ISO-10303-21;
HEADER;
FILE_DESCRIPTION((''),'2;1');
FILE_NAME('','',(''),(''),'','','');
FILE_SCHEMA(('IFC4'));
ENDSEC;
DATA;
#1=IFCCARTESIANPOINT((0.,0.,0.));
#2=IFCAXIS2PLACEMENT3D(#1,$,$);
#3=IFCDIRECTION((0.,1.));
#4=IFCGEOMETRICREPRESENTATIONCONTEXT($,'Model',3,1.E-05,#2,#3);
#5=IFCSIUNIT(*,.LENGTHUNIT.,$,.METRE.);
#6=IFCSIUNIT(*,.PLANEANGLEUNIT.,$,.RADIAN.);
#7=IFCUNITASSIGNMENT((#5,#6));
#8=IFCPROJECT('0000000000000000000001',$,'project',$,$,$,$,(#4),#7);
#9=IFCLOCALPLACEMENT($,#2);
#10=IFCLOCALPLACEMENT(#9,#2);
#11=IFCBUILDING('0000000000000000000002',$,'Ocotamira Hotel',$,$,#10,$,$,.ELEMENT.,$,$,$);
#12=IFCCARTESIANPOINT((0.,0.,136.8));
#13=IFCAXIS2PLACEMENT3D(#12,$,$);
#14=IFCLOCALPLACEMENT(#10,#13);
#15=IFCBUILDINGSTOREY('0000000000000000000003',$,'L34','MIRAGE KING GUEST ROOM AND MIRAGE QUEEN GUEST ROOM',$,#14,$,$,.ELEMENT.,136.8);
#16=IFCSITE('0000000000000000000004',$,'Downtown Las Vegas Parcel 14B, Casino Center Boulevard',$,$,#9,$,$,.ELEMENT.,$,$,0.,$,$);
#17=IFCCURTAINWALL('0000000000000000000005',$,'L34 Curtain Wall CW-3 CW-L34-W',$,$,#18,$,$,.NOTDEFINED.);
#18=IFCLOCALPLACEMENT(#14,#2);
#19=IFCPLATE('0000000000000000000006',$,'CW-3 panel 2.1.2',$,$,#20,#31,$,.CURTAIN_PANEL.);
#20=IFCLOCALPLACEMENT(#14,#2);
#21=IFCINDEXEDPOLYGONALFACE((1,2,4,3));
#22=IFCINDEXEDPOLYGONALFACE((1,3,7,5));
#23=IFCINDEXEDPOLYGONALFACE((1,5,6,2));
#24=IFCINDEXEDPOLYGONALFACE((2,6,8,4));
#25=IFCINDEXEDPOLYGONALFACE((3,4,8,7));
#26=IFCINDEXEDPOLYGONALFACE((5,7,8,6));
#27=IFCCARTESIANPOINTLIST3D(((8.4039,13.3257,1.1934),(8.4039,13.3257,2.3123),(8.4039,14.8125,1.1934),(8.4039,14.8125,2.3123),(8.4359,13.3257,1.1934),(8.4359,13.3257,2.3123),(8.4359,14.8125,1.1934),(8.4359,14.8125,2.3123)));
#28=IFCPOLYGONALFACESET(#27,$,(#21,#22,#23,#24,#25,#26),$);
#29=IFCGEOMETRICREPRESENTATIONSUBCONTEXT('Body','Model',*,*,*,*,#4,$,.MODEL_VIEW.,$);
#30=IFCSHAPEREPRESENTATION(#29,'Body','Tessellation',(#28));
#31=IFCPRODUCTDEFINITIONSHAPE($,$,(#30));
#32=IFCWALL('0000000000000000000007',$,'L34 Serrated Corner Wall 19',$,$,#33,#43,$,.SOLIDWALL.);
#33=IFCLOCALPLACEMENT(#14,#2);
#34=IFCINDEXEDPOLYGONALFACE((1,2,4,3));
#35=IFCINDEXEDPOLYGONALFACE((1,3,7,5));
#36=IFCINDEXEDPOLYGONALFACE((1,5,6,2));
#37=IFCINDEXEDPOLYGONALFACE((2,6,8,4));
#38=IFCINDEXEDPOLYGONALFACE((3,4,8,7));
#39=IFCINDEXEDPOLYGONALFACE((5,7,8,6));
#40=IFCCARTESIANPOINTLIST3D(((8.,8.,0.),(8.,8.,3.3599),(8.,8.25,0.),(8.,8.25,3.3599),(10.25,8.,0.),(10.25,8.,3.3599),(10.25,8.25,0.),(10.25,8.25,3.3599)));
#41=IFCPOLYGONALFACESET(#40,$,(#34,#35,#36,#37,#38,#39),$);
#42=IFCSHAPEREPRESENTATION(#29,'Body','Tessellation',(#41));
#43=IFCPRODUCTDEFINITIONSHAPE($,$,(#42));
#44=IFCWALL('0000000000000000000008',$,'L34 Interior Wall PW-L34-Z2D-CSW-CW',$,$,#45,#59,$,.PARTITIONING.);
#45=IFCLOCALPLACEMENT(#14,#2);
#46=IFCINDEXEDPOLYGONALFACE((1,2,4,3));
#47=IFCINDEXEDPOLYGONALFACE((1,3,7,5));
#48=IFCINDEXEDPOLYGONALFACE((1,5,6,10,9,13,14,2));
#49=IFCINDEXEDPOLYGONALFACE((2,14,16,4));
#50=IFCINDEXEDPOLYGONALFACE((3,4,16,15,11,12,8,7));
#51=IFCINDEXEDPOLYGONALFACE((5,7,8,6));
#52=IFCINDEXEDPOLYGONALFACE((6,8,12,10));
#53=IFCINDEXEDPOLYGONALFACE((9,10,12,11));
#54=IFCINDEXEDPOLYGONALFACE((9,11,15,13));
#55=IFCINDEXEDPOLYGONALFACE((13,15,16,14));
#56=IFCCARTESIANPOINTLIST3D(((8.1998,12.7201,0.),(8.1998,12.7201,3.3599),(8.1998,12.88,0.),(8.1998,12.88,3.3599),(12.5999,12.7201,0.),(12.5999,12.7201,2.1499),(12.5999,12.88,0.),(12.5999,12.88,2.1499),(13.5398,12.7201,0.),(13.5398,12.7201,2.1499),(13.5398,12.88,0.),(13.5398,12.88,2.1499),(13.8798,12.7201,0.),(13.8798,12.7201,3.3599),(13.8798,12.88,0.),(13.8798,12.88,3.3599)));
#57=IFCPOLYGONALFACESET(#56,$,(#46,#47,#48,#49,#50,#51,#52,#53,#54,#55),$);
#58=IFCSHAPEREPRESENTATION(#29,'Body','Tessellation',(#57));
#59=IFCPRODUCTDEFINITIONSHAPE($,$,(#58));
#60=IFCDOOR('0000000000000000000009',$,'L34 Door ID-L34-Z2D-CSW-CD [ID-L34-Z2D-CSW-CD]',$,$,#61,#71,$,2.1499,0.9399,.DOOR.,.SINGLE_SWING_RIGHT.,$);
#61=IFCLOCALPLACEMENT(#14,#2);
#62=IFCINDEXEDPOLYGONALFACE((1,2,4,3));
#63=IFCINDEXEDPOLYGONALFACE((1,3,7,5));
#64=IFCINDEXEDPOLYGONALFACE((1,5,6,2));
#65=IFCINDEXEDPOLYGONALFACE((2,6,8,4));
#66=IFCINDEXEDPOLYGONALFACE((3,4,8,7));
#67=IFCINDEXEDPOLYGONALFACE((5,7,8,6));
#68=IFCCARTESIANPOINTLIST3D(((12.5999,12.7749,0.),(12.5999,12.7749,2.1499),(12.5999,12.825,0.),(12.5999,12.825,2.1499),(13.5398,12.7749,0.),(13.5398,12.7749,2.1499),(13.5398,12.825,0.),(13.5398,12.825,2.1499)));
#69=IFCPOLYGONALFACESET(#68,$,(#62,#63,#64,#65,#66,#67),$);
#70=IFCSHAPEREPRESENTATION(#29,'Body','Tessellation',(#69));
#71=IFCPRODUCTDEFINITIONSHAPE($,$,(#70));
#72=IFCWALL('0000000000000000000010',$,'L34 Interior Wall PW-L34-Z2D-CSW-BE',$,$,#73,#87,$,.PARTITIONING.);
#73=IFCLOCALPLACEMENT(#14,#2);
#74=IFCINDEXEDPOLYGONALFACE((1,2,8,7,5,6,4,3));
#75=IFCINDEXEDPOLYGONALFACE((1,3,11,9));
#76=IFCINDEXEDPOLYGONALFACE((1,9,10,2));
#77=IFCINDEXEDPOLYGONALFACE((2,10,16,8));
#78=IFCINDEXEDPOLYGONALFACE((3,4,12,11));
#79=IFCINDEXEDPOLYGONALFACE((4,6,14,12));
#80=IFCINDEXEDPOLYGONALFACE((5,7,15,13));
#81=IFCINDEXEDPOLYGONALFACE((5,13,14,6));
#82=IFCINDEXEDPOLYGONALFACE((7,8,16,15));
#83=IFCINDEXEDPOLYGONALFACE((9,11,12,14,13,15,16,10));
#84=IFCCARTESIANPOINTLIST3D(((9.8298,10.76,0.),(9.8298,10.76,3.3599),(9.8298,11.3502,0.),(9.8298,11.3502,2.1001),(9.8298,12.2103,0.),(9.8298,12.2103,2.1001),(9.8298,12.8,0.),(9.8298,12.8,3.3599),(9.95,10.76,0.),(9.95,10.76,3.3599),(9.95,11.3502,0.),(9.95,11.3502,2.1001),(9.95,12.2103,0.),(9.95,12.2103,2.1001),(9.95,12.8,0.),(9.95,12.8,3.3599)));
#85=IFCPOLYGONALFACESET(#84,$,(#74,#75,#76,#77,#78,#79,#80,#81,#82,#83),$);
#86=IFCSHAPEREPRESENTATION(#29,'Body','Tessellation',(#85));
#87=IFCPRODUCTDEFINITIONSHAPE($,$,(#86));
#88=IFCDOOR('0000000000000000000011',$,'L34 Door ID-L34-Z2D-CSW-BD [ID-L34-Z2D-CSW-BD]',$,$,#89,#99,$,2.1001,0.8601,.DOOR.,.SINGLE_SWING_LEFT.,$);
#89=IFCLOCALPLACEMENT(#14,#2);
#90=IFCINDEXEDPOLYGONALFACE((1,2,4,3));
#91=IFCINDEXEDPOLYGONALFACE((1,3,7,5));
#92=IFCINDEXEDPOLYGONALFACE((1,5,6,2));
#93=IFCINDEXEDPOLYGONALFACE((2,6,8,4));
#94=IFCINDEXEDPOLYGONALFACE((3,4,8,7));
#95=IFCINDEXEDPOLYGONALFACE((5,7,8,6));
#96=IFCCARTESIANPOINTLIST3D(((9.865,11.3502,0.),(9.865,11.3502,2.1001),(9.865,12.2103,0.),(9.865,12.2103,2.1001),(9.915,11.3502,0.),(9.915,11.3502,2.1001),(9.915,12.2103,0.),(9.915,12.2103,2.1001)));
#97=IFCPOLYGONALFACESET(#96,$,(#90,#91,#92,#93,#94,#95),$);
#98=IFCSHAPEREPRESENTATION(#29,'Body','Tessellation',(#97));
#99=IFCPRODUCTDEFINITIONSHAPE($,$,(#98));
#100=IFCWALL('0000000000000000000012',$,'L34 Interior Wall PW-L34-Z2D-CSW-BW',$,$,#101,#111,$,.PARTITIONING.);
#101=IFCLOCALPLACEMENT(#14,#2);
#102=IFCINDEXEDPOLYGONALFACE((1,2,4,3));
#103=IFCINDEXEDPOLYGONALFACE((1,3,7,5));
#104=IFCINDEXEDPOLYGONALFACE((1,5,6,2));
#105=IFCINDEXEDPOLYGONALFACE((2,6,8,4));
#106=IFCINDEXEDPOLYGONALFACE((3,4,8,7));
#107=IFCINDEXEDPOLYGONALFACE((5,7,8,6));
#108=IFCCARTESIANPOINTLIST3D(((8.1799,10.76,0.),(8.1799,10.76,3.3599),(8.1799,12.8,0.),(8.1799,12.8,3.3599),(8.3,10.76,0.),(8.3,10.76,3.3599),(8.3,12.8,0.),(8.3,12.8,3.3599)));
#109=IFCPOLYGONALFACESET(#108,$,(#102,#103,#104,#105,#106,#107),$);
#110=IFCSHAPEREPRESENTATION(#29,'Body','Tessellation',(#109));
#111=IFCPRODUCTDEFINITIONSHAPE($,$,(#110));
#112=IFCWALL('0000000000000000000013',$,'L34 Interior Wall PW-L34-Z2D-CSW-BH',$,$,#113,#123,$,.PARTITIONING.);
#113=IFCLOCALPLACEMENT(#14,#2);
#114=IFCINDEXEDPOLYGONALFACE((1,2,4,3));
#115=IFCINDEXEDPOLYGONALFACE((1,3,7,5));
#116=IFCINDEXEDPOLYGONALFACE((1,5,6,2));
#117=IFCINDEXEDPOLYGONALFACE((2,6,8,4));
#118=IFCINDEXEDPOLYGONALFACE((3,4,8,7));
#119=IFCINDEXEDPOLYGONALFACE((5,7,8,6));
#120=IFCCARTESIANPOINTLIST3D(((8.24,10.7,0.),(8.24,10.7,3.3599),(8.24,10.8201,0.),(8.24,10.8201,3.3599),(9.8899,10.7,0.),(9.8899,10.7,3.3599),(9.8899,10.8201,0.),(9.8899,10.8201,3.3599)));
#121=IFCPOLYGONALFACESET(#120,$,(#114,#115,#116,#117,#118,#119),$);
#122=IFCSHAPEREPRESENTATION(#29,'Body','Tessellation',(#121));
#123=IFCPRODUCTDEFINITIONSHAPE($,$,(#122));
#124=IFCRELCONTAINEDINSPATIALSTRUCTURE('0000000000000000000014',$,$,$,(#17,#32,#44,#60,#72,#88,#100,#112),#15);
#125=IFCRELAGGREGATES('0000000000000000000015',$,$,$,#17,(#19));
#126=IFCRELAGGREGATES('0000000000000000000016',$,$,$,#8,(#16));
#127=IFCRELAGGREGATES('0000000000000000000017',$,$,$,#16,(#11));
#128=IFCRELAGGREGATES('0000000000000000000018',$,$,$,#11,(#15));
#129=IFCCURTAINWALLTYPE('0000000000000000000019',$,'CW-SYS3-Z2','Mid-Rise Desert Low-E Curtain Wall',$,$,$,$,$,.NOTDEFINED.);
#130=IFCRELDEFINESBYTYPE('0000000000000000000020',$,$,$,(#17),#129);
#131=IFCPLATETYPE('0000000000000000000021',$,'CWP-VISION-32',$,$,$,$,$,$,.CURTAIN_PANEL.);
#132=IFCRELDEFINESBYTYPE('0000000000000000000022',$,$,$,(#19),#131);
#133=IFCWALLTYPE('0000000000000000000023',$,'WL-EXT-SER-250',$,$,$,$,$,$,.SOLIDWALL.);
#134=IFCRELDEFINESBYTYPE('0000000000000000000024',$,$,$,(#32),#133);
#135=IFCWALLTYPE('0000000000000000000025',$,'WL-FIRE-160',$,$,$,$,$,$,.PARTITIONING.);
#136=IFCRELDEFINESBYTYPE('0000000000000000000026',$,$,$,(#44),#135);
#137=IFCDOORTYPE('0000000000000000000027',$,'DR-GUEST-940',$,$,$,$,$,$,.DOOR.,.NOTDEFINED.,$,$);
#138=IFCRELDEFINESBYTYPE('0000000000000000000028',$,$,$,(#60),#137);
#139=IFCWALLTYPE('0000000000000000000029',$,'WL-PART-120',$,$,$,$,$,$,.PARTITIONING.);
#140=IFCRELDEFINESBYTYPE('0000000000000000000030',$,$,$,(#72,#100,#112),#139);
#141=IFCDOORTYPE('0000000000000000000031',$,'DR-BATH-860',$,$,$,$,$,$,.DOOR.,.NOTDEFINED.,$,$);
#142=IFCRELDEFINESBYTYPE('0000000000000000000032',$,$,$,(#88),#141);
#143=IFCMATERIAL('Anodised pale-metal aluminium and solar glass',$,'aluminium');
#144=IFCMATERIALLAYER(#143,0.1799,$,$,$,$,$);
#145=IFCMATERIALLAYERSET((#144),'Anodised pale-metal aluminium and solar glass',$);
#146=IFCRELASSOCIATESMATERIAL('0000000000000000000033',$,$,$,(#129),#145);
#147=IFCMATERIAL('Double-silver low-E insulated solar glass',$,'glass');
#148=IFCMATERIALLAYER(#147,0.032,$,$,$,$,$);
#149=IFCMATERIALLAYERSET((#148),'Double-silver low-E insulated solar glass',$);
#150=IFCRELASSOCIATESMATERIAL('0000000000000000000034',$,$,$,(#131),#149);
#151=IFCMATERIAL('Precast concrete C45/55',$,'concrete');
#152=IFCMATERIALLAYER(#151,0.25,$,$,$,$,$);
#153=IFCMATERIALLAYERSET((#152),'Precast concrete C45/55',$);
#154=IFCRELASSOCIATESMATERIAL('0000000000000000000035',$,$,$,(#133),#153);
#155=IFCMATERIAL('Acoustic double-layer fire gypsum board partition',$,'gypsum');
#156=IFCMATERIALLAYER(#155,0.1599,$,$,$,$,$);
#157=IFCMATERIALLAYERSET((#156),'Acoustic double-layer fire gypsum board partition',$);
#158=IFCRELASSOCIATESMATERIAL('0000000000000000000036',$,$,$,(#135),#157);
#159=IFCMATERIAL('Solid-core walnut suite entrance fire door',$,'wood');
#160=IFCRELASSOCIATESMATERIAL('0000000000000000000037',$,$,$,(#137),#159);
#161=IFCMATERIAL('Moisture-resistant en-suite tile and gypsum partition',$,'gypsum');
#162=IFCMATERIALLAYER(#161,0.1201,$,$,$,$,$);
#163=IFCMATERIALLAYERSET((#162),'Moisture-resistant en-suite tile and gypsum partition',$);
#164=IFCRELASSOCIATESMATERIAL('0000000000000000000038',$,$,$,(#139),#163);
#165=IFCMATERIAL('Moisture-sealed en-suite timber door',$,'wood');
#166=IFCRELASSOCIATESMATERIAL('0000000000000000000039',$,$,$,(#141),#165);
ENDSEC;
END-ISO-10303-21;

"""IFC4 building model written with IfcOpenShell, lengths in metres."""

from ifc_helpers import new_model, si_unit, direction, frame, frame_2d, origin, origin_2d, place, context, subcontext, project, spatial, rectangle, extrude, source, transform, mapped, material, layer, layer_set, type_object, element, fill, aggregate, save


model = new_model("IFC4")

# Units and contexts
model_context = context("Model", 3, precision=1e-05, world=origin(), true_north=direction((0.0, 1.0)))
body_context = subcontext(model_context, "Body", "Model", "MODEL_VIEW")
ifc_project = project(units=[si_unit("LENGTHUNIT", "METRE"), si_unit("PLANEANGLEUNIT", "RADIAN")], contexts=[model_context])

# Site, building, storey
site_placement = place(None, origin())
site = spatial("IfcSite", under=ifc_project, at=site_placement, Name="Downtown Las Vegas Parcel 14B, Casino Center Boulevard", CompositionType="ELEMENT", RefElevation=0.0)
building_placement = place(site_placement, origin())
building = spatial("IfcBuilding", under=site, at=building_placement, Name="Ocotamira Hotel", CompositionType="ELEMENT")
storey_placement = place(building_placement, frame((0.0, 0.0, 136.8)))
storey = spatial("IfcBuildingStorey", under=building, at=storey_placement, Name="L34", Description="MIRAGE KING GUEST ROOM AND MIRAGE QUEEN GUEST ROOM", CompositionType="ELEMENT", Elevation=136.8)

# Curtain wall
ifc_material_1 = material(Name="Anodised pale-metal aluminium and solar glass", Category="aluminium")
ifc_layer_1 = layer(ifc_material_1, 0.1799)
ifc_layer_set_1 = layer_set([ifc_layer_1], Name="Anodised pale-metal aluminium and solar glass")
curtain_wall_type = type_object("IfcCurtainWallType", Name="CW-SYS3-Z2", Description="Mid-Rise Desert Low-E Curtain Wall", PredefinedType="NOTDEFINED", material=ifc_layer_set_1)
curtain_wall_placement = place(storey_placement, origin())
curtain_wall = element("IfcCurtainWall", 1, at=curtain_wall_placement, inside=storey, type_object=curtain_wall_type, Name="L34 Curtain Wall CW-3 CW-L34-W", PredefinedType="NOTDEFINED")

# Plate
ifc_material_2 = material(Name="Double-silver low-E insulated solar glass", Category="glass")
ifc_layer_2 = layer(ifc_material_2, 0.032)
ifc_layer_set_2 = layer_set([ifc_layer_2], Name="Double-silver low-E insulated solar glass")
plate_type_1 = type_object("IfcPlateType", Name="CWP-VISION-32", PredefinedType="CURTAIN_PANEL", material=ifc_layer_set_2)
shared_shape_1 = source(origin(), body_context, "Body", "SweptSolid", [
    extrude(rectangle(XDim=1.4868, YDim=0.032, at=origin_2d()), origin(), (0.0, 0.0, 1.0), 1.1189),
])
plate_1_placement = place(storey_placement, frame((8.4199, 14.0691, 1.1934), z_axis=(0.0, 0.0, 1.0), x_axis=(0.0, 1.0, 0.0)))
plate_1 = element("IfcPlate", 2, at=plate_1_placement, type_object=plate_type_1, Name="CW-3 panel 2.1.2", PredefinedType="CURTAIN_PANEL", context=body_context, shape_type="MappedRepresentation", body=[
    mapped(shared_shape_1, transform((0.0, 0.0, 0.0), scale=1.0)),
])
aggregate(curtain_wall, [plate_1])

# Wall
ifc_material_3 = material(Name="Precast concrete C45/55", Category="concrete")
ifc_layer_3 = layer(ifc_material_3, 0.25)
ifc_layer_set_3 = layer_set([ifc_layer_3], Name="Precast concrete C45/55")
wall_type_1 = type_object("IfcWallType", Name="WL-EXT-SER-250", PredefinedType="SOLIDWALL", material=ifc_layer_set_3)
wall_1_placement = place(storey_placement, frame((8.0, 8.125, 0.0), z_axis=(0.0, 0.0, 1.0), x_axis=(1.0, 0.0, 0.0)))
element("IfcWall", 3, at=wall_1_placement, inside=storey, type_object=wall_type_1, Name="L34 Serrated Corner Wall 19", PredefinedType="SOLIDWALL", context=body_context, shape_type="SweptSolid", body=[
    extrude(rectangle(XDim=2.25, YDim=0.25, at=frame_2d((1.125, 0.0))), origin(), (0.0, 0.0, 1.0), 3.3599),
])

# Walls, openings, doors
ifc_material_4 = material(Name="Acoustic double-layer fire gypsum board partition", Category="gypsum")
ifc_layer_4 = layer(ifc_material_4, 0.1599)
ifc_layer_set_4 = layer_set([ifc_layer_4], Name="Acoustic double-layer fire gypsum board partition")
wall_type_2 = type_object("IfcWallType", Name="WL-FIRE-160", PredefinedType="PARTITIONING", material=ifc_layer_set_4)
wall_2_placement = place(storey_placement, frame((8.2, 12.8, 0.0), z_axis=(0.0, 0.0, 1.0), x_axis=(1.0, 0.0, 0.0)))
wall_2 = element("IfcWall", 4, at=wall_2_placement, inside=storey, type_object=wall_type_2, Name="L34 Interior Wall PW-L34-Z2D-CSW-CW", PredefinedType="PARTITIONING", context=body_context, shape_type="SweptSolid", body=[
    extrude(rectangle(XDim=5.6799, YDim=0.1599, at=frame_2d((2.8398, 0.0))), origin(), (0.0, 0.0, 1.0), 3.3599),
])
opening_1_placement = place(wall_2_placement, frame((4.3999, 0.0, 0.0)))
opening_1 = element("IfcOpeningElement", 5, at=opening_1_placement, cuts=wall_2, PredefinedType="OPENING", context=body_context, shape_type="SweptSolid", body=[
    extrude(rectangle(XDim=0.9399, YDim=2.1499, at=frame_2d((0.47, 1.075))), frame((0.0, 0.0898, 0.0), z_axis=(0.0, -1.0, 0.0), x_axis=(1.0, 0.0, 0.0)), (0.0, 0.0, 1.0), 0.1799),
])
ifc_material_5 = material(Name="Solid-core walnut suite entrance fire door", Category="wood")
door_type_1 = type_object("IfcDoorType", Name="DR-GUEST-940", OperationType="NOTDEFINED", PredefinedType="DOOR", material=ifc_material_5)
shared_shape_2 = source(origin(), body_context, "Body", "SweptSolid", [
    extrude(rectangle(XDim=0.9399, YDim=2.1499, at=frame_2d((0.47, 1.075))), frame((0.0, 0.0249, 0.0), z_axis=(0.0, -1.0, 0.0), x_axis=(1.0, 0.0, 0.0)), (0.0, 0.0, 1.0), 0.05),
])
door_1_placement = place(opening_1_placement, origin())
door_1 = element("IfcDoor", 6, at=door_1_placement, inside=storey, type_object=door_type_1, Name="L34 Door ID-L34-Z2D-CSW-CD [ID-L34-Z2D-CSW-CD]", OperationType="SINGLE_SWING_RIGHT", OverallHeight=2.1499, OverallWidth=0.9399, PredefinedType="DOOR", context=body_context, shape_type="MappedRepresentation", body=[
    mapped(shared_shape_2, transform((0.0, 0.0, 0.0), scale=1.0)),
])
fill(opening_1, door_1)
ifc_material_6 = material(Name="Moisture-resistant en-suite tile and gypsum partition", Category="gypsum")
ifc_layer_5 = layer(ifc_material_6, 0.1201)
ifc_layer_set_5 = layer_set([ifc_layer_5], Name="Moisture-resistant en-suite tile and gypsum partition")
wall_type_3 = type_object("IfcWallType", Name="WL-PART-120", PredefinedType="PARTITIONING", material=ifc_layer_set_5)
wall_3_placement = place(storey_placement, frame((9.8899, 10.76, 0.0), z_axis=(0.0, 0.0, 1.0), x_axis=(0.0, 1.0, 0.0)))
wall_3 = element("IfcWall", 7, at=wall_3_placement, inside=storey, type_object=wall_type_3, Name="L34 Interior Wall PW-L34-Z2D-CSW-BE", PredefinedType="PARTITIONING", context=body_context, shape_type="SweptSolid", body=[
    extrude(rectangle(XDim=2.04, YDim=0.1201, at=frame_2d((1.02, 0.0))), origin(), (0.0, 0.0, 1.0), 3.3599),
])
opening_2_placement = place(wall_3_placement, frame((0.5901, 0.0, 0.0)))
opening_2 = element("IfcOpeningElement", 8, at=opening_2_placement, cuts=wall_3, PredefinedType="OPENING", context=body_context, shape_type="SweptSolid", body=[
    extrude(rectangle(XDim=0.8601, YDim=2.1001, at=frame_2d((0.4302, 1.05))), frame((0.0, 0.0701, 0.0), z_axis=(0.0, -1.0, 0.0), x_axis=(1.0, 0.0, 0.0)), (0.0, 0.0, 1.0), 0.1401),
])
ifc_material_7 = material(Name="Moisture-sealed en-suite timber door", Category="wood")
door_type_2 = type_object("IfcDoorType", Name="DR-BATH-860", OperationType="NOTDEFINED", PredefinedType="DOOR", material=ifc_material_7)
shared_shape_3 = source(origin(), body_context, "Body", "SweptSolid", [
    extrude(rectangle(XDim=0.8601, YDim=2.1001, at=frame_2d((0.4302, 1.05))), frame((0.0, 0.0249, 0.0), z_axis=(0.0, -1.0, 0.0), x_axis=(1.0, 0.0, 0.0)), (0.0, 0.0, 1.0), 0.05),
])
door_2_placement = place(opening_2_placement, origin())
door_2 = element("IfcDoor", 9, at=door_2_placement, inside=storey, type_object=door_type_2, Name="L34 Door ID-L34-Z2D-CSW-BD [ID-L34-Z2D-CSW-BD]", OperationType="SINGLE_SWING_LEFT", OverallHeight=2.1001, OverallWidth=0.8601, PredefinedType="DOOR", context=body_context, shape_type="MappedRepresentation", body=[
    mapped(shared_shape_3, transform((0.0, 0.0, 0.0), scale=1.0)),
])
fill(opening_2, door_2)

# Walls
wall_4_placement = place(storey_placement, frame((8.24, 10.76, 0.0), z_axis=(0.0, 0.0, 1.0), x_axis=(0.0, 1.0, 0.0)))
element("IfcWall", 10, at=wall_4_placement, inside=storey, type_object=wall_type_3, Name="L34 Interior Wall PW-L34-Z2D-CSW-BW", PredefinedType="PARTITIONING", context=body_context, shape_type="SweptSolid", body=[
    extrude(rectangle(XDim=2.04, YDim=0.1201, at=frame_2d((1.02, 0.0))), origin(), (0.0, 0.0, 1.0), 3.3599),
])
wall_5_placement = place(storey_placement, frame((8.24, 10.76, 0.0), z_axis=(0.0, 0.0, 1.0), x_axis=(1.0, 0.0, 0.0)))
element("IfcWall", 11, at=wall_5_placement, inside=storey, type_object=wall_type_3, Name="L34 Interior Wall PW-L34-Z2D-CSW-BH", PredefinedType="PARTITIONING", context=body_context, shape_type="SweptSolid", body=[
    extrude(rectangle(XDim=1.6499, YDim=0.1201, at=frame_2d((0.825, 0.0))), origin(), (0.0, 0.0, 1.0), 3.3599),
])

save(model, "model.ifc")
